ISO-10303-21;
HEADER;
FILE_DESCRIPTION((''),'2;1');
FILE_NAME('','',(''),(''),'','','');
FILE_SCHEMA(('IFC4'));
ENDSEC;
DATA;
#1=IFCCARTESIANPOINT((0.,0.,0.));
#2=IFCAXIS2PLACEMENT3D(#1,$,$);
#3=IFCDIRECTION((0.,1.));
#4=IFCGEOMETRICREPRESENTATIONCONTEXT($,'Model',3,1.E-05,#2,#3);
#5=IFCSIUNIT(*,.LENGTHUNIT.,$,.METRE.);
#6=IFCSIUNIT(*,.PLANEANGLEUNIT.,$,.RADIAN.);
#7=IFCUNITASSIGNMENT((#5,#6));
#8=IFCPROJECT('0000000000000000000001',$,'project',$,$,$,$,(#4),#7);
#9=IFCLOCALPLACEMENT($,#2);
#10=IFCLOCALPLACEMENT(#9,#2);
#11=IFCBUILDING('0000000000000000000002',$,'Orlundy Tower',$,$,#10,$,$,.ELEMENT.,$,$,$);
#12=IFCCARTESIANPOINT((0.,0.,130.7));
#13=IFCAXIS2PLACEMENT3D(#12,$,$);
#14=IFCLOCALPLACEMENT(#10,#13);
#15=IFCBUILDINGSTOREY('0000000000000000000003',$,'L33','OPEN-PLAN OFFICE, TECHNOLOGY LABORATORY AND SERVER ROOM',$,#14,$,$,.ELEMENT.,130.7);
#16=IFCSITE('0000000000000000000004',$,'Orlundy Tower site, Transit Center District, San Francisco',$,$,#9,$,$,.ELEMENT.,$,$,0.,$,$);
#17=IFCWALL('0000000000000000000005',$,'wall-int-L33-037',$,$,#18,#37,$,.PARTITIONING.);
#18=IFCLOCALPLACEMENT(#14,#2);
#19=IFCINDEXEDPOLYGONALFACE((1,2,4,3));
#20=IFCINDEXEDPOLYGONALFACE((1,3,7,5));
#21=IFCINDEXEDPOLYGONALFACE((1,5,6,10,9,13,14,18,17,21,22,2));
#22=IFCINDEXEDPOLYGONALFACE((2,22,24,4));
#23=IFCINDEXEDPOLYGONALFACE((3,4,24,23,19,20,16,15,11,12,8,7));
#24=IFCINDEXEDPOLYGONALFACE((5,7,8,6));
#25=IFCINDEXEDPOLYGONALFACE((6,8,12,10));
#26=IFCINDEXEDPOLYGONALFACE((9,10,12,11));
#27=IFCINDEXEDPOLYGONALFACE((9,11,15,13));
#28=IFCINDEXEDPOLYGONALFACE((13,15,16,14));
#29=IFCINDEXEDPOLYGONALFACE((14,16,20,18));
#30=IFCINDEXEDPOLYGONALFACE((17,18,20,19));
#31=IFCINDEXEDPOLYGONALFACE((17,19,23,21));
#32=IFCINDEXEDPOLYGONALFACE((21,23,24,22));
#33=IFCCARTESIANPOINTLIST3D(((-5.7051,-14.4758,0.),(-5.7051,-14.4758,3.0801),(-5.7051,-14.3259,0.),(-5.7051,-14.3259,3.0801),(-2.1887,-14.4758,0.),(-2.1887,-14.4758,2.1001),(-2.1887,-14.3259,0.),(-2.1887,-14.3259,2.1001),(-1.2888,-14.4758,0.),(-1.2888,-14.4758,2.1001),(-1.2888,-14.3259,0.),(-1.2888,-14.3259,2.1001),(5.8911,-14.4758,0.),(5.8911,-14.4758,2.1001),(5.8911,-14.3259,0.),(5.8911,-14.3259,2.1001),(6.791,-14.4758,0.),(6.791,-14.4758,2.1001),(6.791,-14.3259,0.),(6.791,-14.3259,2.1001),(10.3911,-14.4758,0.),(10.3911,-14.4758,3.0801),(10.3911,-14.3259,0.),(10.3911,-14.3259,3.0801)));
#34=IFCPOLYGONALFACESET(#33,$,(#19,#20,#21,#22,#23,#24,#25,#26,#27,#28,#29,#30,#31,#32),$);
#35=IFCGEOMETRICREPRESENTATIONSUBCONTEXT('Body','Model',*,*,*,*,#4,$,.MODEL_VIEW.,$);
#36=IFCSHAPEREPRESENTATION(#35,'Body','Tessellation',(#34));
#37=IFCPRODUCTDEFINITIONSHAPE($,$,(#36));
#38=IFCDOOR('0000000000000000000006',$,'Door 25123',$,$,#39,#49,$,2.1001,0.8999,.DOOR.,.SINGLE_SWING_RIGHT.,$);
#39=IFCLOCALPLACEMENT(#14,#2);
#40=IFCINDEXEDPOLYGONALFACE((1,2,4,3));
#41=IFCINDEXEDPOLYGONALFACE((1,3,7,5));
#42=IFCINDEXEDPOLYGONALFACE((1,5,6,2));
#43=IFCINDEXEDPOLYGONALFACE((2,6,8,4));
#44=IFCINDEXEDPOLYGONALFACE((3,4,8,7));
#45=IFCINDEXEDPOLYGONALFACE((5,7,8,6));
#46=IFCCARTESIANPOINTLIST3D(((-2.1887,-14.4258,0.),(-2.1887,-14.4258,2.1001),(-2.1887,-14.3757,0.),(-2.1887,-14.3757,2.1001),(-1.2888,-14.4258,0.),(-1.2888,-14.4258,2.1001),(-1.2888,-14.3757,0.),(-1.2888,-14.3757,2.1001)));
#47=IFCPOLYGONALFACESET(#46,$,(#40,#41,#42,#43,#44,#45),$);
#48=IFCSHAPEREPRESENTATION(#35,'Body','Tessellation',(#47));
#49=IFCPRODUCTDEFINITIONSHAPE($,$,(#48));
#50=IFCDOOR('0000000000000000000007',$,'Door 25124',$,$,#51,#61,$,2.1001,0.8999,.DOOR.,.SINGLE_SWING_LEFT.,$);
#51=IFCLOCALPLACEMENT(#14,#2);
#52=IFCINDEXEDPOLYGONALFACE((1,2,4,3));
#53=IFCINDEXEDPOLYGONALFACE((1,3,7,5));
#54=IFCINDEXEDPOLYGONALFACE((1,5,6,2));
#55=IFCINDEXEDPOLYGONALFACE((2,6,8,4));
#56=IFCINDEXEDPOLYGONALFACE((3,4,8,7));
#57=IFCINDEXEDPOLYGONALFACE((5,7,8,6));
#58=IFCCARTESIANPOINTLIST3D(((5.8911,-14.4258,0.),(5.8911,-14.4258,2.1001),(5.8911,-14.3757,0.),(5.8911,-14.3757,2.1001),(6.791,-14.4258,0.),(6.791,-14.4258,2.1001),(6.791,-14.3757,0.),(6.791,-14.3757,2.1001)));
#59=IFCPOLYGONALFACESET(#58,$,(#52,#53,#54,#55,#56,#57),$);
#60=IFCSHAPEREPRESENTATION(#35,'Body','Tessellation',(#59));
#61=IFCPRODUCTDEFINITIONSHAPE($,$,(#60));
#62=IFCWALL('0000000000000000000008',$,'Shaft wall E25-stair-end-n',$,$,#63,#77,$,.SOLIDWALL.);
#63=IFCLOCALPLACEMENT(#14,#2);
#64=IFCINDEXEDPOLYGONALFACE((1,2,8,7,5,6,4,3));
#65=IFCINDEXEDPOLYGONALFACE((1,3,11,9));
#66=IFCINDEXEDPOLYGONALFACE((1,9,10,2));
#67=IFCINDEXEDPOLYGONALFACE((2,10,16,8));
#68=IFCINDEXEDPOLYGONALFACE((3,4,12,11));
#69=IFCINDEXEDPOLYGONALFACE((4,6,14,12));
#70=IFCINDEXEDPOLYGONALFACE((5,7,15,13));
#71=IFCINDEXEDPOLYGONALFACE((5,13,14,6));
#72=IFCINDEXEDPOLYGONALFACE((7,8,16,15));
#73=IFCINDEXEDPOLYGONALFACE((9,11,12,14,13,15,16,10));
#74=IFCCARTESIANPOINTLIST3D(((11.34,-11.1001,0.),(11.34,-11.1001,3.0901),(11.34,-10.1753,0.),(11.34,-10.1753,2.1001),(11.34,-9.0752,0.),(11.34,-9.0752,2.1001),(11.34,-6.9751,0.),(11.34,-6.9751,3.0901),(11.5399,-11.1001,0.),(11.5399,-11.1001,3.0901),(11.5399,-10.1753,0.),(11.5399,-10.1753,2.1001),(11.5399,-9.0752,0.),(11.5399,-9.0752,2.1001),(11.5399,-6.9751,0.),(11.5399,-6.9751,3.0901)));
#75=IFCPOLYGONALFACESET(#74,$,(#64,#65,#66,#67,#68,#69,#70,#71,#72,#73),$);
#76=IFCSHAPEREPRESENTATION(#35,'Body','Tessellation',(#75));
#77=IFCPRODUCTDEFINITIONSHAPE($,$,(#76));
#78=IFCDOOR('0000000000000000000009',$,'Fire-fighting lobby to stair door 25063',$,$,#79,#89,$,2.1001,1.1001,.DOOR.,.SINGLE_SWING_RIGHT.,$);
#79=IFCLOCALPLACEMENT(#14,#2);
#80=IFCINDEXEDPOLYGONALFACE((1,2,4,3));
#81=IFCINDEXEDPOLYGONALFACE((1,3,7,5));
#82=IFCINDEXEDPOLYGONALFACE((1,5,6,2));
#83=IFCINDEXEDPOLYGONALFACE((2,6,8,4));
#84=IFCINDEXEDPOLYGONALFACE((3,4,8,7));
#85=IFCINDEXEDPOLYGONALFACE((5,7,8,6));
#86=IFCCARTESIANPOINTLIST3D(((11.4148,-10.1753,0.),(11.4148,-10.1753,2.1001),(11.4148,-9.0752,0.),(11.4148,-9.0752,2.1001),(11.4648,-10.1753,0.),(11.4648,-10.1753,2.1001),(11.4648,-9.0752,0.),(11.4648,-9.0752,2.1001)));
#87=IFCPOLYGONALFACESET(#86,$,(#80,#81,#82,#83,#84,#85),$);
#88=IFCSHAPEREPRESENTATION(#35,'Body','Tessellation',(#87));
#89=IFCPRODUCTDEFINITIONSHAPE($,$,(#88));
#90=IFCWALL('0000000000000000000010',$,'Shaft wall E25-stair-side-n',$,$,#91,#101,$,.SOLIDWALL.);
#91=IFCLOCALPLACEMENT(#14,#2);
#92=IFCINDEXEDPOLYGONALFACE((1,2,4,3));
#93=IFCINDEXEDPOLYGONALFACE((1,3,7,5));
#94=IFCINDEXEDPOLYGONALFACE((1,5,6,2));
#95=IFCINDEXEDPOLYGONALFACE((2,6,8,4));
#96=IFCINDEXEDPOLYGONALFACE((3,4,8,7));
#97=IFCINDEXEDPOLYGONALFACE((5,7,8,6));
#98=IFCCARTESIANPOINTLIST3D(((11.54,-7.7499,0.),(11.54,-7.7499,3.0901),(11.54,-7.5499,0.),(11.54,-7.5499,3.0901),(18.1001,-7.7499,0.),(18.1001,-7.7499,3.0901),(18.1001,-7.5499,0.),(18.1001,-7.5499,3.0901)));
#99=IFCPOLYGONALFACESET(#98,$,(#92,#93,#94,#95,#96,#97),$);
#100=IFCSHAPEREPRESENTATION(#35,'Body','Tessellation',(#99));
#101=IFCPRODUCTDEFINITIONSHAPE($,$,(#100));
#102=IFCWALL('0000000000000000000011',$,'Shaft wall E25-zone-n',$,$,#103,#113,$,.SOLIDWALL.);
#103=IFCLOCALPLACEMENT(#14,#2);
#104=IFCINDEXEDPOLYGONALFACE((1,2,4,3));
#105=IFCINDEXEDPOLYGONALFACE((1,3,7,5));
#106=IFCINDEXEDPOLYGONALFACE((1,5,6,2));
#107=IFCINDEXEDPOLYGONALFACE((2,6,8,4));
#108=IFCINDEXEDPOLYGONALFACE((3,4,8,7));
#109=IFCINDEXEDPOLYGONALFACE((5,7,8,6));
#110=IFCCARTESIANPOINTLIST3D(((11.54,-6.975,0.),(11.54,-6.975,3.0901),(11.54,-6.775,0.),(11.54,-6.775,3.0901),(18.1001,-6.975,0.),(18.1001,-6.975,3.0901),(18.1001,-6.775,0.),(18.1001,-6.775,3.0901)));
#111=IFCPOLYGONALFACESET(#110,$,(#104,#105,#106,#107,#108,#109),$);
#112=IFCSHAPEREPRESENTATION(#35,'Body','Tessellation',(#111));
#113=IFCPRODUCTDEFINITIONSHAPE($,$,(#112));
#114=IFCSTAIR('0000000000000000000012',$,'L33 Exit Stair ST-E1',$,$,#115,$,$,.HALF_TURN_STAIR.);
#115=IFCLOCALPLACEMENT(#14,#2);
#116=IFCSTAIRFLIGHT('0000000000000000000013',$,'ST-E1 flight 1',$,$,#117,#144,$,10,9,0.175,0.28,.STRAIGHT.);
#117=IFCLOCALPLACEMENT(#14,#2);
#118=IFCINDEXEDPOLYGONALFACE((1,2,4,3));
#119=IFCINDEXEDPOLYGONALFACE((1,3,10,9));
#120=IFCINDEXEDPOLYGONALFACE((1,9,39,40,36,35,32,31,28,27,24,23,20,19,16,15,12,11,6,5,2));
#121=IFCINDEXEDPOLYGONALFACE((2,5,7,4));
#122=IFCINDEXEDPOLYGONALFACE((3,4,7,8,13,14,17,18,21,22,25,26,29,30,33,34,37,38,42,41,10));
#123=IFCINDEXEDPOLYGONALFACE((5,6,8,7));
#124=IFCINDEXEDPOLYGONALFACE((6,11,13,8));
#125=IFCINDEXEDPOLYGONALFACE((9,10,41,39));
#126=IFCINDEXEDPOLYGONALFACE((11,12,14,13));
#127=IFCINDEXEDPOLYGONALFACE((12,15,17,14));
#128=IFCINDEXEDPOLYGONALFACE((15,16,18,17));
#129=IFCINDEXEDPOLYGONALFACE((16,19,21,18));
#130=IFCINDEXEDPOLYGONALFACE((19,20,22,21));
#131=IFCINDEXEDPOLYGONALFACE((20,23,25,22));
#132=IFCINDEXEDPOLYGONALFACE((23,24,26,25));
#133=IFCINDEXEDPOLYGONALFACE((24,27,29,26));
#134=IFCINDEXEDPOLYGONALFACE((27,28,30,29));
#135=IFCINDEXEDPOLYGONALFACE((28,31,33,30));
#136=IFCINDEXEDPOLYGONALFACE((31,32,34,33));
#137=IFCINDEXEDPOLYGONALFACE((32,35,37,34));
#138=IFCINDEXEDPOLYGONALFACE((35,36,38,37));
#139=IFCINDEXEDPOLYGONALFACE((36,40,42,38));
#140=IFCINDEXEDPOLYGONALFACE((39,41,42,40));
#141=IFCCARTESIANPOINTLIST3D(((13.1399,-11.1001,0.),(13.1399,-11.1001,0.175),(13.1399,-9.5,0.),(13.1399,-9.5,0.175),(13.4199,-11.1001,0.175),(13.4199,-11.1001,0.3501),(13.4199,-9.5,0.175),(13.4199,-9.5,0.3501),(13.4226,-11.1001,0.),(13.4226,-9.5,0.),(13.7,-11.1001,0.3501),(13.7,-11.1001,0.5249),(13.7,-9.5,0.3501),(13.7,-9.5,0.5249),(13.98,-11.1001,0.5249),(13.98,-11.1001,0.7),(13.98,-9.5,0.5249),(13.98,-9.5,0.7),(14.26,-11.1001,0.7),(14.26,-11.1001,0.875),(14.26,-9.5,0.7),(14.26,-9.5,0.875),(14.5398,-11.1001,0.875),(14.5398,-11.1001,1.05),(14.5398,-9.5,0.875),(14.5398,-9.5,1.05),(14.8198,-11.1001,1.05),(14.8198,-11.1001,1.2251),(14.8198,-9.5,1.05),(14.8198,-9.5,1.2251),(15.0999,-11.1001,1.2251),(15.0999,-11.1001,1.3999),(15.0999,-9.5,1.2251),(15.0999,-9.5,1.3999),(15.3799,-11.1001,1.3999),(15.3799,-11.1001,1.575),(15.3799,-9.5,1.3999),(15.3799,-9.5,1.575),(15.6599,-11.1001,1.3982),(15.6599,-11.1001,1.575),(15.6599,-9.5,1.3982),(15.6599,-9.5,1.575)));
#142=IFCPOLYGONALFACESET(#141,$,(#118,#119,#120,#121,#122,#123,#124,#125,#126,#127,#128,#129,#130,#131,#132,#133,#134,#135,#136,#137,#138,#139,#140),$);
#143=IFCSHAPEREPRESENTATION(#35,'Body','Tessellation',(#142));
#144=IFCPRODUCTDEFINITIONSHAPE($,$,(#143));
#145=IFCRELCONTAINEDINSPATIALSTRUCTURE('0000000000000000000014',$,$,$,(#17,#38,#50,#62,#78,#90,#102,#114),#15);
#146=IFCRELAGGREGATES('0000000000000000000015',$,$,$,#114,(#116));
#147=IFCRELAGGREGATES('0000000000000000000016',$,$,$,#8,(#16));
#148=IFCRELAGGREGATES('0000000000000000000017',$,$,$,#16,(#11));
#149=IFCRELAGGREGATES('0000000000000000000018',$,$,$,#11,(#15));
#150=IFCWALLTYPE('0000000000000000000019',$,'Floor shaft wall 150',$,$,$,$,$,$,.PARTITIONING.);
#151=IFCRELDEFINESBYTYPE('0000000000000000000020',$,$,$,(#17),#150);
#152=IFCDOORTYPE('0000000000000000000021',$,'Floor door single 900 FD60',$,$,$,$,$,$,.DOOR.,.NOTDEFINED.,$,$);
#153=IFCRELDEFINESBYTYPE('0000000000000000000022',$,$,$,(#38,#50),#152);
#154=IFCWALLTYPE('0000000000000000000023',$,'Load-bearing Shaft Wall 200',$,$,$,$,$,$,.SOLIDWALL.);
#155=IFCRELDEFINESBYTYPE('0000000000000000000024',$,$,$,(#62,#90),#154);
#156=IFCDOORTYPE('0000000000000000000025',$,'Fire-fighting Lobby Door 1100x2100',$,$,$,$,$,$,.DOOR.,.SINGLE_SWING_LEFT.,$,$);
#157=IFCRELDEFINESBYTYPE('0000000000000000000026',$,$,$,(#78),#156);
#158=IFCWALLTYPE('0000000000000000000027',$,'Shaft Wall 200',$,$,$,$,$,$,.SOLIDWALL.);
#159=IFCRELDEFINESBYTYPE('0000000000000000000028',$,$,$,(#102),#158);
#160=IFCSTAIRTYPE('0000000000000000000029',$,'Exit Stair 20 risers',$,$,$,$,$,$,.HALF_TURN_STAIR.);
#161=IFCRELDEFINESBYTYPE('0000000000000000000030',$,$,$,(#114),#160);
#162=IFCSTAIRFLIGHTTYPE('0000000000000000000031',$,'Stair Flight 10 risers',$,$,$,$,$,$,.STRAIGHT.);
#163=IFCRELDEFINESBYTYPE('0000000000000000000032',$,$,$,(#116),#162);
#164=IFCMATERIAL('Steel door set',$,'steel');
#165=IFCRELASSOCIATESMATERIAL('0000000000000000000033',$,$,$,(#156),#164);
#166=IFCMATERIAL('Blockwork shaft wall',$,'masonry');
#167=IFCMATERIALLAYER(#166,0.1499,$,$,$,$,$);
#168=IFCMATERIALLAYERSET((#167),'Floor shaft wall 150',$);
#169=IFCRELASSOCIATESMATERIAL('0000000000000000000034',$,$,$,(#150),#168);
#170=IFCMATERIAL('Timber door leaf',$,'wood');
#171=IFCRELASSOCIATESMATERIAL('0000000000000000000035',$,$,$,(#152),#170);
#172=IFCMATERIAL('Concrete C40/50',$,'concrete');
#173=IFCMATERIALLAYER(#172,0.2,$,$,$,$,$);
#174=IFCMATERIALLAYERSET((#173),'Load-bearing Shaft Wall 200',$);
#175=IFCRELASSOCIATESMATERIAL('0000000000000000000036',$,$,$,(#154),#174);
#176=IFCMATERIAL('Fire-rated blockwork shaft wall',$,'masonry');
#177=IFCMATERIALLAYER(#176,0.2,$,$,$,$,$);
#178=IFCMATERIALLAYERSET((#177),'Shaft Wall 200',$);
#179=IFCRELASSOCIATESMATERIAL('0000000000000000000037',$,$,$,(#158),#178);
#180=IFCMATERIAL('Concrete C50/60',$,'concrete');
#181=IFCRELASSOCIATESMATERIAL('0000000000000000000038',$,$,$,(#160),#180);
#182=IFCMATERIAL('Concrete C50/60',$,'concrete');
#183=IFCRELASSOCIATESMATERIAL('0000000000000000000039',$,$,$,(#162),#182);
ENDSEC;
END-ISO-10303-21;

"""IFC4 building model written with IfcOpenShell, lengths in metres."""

from ifc_helpers import new_model, si_unit, direction, frame, frame_2d, origin, place, context, subcontext, project, spatial, polyline, rectangle, outline, extrude, material, layer, layer_set, type_object, element, fill, aggregate, save


model = new_model("IFC4")

# Units and contexts
model_context = context("Model", 3, precision=1e-05, world=origin(), true_north=direction((0.0, 1.0)))
body_context = subcontext(model_context, "Body", "Model", "MODEL_VIEW")
ifc_project = project(units=[si_unit("LENGTHUNIT", "METRE"), si_unit("PLANEANGLEUNIT", "RADIAN")], contexts=[model_context])

# Site, building, storey
site_placement = place(None, origin())
site = spatial("IfcSite", under=ifc_project, at=site_placement, Name="Orlundy Tower site, Transit Center District, San Francisco", CompositionType="ELEMENT", RefElevation=0.0)
building_placement = place(site_placement, origin())
building = spatial("IfcBuilding", under=site, at=building_placement, Name="Orlundy Tower", CompositionType="ELEMENT")
storey_placement = place(building_placement, frame((0.0, 0.0, 130.7)))
storey = spatial("IfcBuildingStorey", under=building, at=storey_placement, Name="L33", Description="OPEN-PLAN OFFICE, TECHNOLOGY LABORATORY AND SERVER ROOM", CompositionType="ELEMENT", Elevation=130.7)

# Shared definitions
ifc_material_1 = material(Name="Steel door set", Category="steel")
door_type_1 = type_object("IfcDoorType", Name="Fire-fighting Lobby Door 1100x2100", OperationType="SINGLE_SWING_LEFT", PredefinedType="DOOR", material=ifc_material_1)

# Wall, openings, doors
ifc_material_2 = material(Name="Blockwork shaft wall", Category="masonry")
ifc_layer_1 = layer(ifc_material_2, 0.1499)
ifc_layer_set_1 = layer_set([ifc_layer_1], Name="Floor shaft wall 150")
wall_type_1 = type_object("IfcWallType", Name="Floor shaft wall 150", PredefinedType="PARTITIONING", material=ifc_layer_set_1)
wall_1_placement = place(storey_placement, frame((10.3911, -14.4009, 0.0), z_axis=(0.0, 0.0, 1.0), x_axis=(-1.0, 0.0, 0.0)))
wall_1 = element("IfcWall", 1, at=wall_1_placement, inside=storey, type_object=wall_type_1, Name="wall-int-L33-037", PredefinedType="PARTITIONING", context=body_context, shape_type="SweptSolid", body=[
    extrude(rectangle(XDim=16.0962, YDim=0.1499, at=frame_2d((8.0481, 0.0))), origin(), (0.0, 0.0, 1.0), 3.0801),
])
opening_1_placement = place(wall_1_placement, frame((11.6799, 0.0, 0.0)))
opening_1 = element("IfcOpeningElement", 2, at=opening_1_placement, cuts=wall_1, PredefinedType="OPENING", context=body_context, shape_type="SweptSolid", body=[
    extrude(rectangle(XDim=0.8999, YDim=2.1001, at=frame_2d((0.45, 1.05))), frame((0.0, 0.085, 0.0), z_axis=(0.0, -1.0, 0.0), x_axis=(1.0, 0.0, 0.0)), (0.0, 0.0, 1.0), 0.1699),
])
opening_2_placement = place(wall_1_placement, frame((3.6001, 0.0, 0.0)))
opening_2 = element("IfcOpeningElement", 3, at=opening_2_placement, cuts=wall_1, PredefinedType="OPENING", context=body_context, shape_type="SweptSolid", body=[
    extrude(rectangle(XDim=0.8999, YDim=2.1001, at=frame_2d((0.45, 1.05))), frame((0.0, 0.085, 0.0), z_axis=(0.0, -1.0, 0.0), x_axis=(1.0, 0.0, 0.0)), (0.0, 0.0, 1.0), 0.1699),
])
ifc_material_3 = material(Name="Timber door leaf", Category="wood")
door_type_2 = type_object("IfcDoorType", Name="Floor door single 900 FD60", OperationType="NOTDEFINED", PredefinedType="DOOR", material=ifc_material_3)
door_1_placement = place(opening_1_placement, origin())
door_1 = element("IfcDoor", 4, at=door_1_placement, inside=storey, type_object=door_type_2, Name="Door 25123", OperationType="SINGLE_SWING_RIGHT", OverallHeight=2.1001, OverallWidth=0.8999, PredefinedType="DOOR", context=body_context, shape_type="SweptSolid", body=[
    extrude(rectangle(XDim=0.8999, YDim=2.1001, at=frame_2d((0.45, 1.05))), frame((0.0, 0.0249, 0.0), z_axis=(0.0, -1.0, 0.0), x_axis=(1.0, 0.0, 0.0)), (0.0, 0.0, 1.0), 0.05),
])
fill(opening_1, door_1)
door_2_placement = place(opening_2_placement, origin())
door_2 = element("IfcDoor", 5, at=door_2_placement, inside=storey, type_object=door_type_2, Name="Door 25124", OperationType="SINGLE_SWING_LEFT", OverallHeight=2.1001, OverallWidth=0.8999, PredefinedType="DOOR", context=body_context, shape_type="SweptSolid", body=[
    extrude(rectangle(XDim=0.8999, YDim=2.1001, at=frame_2d((0.45, 1.05))), frame((0.0, 0.0249, 0.0), z_axis=(0.0, -1.0, 0.0), x_axis=(1.0, 0.0, 0.0)), (0.0, 0.0, 1.0), 0.05),
])
fill(opening_2, door_2)

# Wall, opening, door
ifc_material_4 = material(Name="Concrete C40/50", Category="concrete")
ifc_layer_2 = layer(ifc_material_4, 0.2)
ifc_layer_set_2 = layer_set([ifc_layer_2], Name="Load-bearing Shaft Wall 200")
wall_type_2 = type_object("IfcWallType", Name="Load-bearing Shaft Wall 200", PredefinedType="SOLIDWALL", material=ifc_layer_set_2)
wall_2_placement = place(storey_placement, frame((11.4399, -6.9751, 0.0), z_axis=(0.0, 0.0, 1.0), x_axis=(0.0, -1.0, 0.0)))
wall_2 = element("IfcWall", 6, at=wall_2_placement, inside=storey, type_object=wall_type_2, Name="Shaft wall E25-stair-end-n", PredefinedType="SOLIDWALL", context=body_context, shape_type="SweptSolid", body=[
    extrude(rectangle(XDim=4.125, YDim=0.2, at=frame_2d((2.0625, 0.0))), origin(), (0.0, 0.0, 1.0), 3.0901),
])
opening_3_placement = place(wall_2_placement, frame((2.1001, 0.0, 0.0)))
opening_3 = element("IfcOpeningElement", 7, at=opening_3_placement, cuts=wall_2, PredefinedType="OPENING", context=body_context, shape_type="SweptSolid", body=[
    extrude(rectangle(XDim=1.1001, YDim=2.1001, at=frame_2d((0.55, 1.05))), frame((0.0, 0.1101, 0.0), z_axis=(0.0, -1.0, 0.0), x_axis=(1.0, 0.0, 0.0)), (0.0, 0.0, 1.0), 0.2202),
])
door_3_placement = place(opening_3_placement, origin())
door_3 = element("IfcDoor", 8, at=door_3_placement, inside=storey, type_object=door_type_1, Name="Fire-fighting lobby to stair door 25063", OperationType="SINGLE_SWING_RIGHT", OverallHeight=2.1001, OverallWidth=1.1001, PredefinedType="DOOR", context=body_context, shape_type="SweptSolid", body=[
    extrude(rectangle(XDim=1.1001, YDim=2.1001, at=frame_2d((0.55, 1.05))), frame((0.0, 0.0249, 0.0), z_axis=(0.0, -1.0, 0.0), x_axis=(1.0, 0.0, 0.0)), (0.0, 0.0, 1.0), 0.05),
])
fill(opening_3, door_3)

# Walls
wall_3_placement = place(storey_placement, frame((11.54, -7.6499, 0.0), z_axis=(0.0, 0.0, 1.0), x_axis=(1.0, 0.0, 0.0)))
element("IfcWall", 9, at=wall_3_placement, inside=storey, type_object=wall_type_2, Name="Shaft wall E25-stair-side-n", PredefinedType="SOLIDWALL", context=body_context, shape_type="SweptSolid", body=[
    extrude(rectangle(XDim=6.5601, YDim=0.2, at=frame_2d((3.28, 0.0))), origin(), (0.0, 0.0, 1.0), 3.0901),
])
ifc_material_5 = material(Name="Fire-rated blockwork shaft wall", Category="masonry")
ifc_layer_3 = layer(ifc_material_5, 0.2)
ifc_layer_set_3 = layer_set([ifc_layer_3], Name="Shaft Wall 200")
wall_type_3 = type_object("IfcWallType", Name="Shaft Wall 200", PredefinedType="SOLIDWALL", material=ifc_layer_set_3)
wall_4_placement = place(storey_placement, frame((11.54, -6.875, 0.0), z_axis=(0.0, 0.0, 1.0), x_axis=(1.0, 0.0, 0.0)))
element("IfcWall", 10, at=wall_4_placement, inside=storey, type_object=wall_type_3, Name="Shaft wall E25-zone-n", PredefinedType="SOLIDWALL", context=body_context, shape_type="SweptSolid", body=[
    extrude(rectangle(XDim=6.5601, YDim=0.2, at=frame_2d((3.28, 0.0))), origin(), (0.0, 0.0, 1.0), 3.0901),
])

# Stair, stair flight
ifc_material_6 = material(Name="Concrete C50/60", Category="concrete")
stair_type = type_object("IfcStairType", Name="Exit Stair 20 risers", PredefinedType="HALF_TURN_STAIR", material=ifc_material_6)
stair_placement = place(storey_placement, origin())
stair = element("IfcStair", 11, at=stair_placement, inside=storey, type_object=stair_type, Name="L33 Exit Stair ST-E1", PredefinedType="HALF_TURN_STAIR")
ifc_material_7 = material(Name="Concrete C50/60", Category="concrete")
stair_flight_type = type_object("IfcStairFlightType", Name="Stair Flight 10 risers", PredefinedType="STRAIGHT", material=ifc_material_7)
stair_flight_1_placement = place(storey_placement, frame((13.1399, -10.3, 0.0), z_axis=(0.0, 0.0, 1.0), x_axis=(1.0, 0.0, 0.0)))
stair_flight_1 = element("IfcStairFlight", 12, at=stair_flight_1_placement, type_object=stair_flight_type, Name="ST-E1 flight 1", NumberOfRisers=10, NumberOfTreads=9, PredefinedType="STRAIGHT", RiserHeight=0.175, TreadLength=0.28, context=body_context, shape_type="SweptSolid", body=[
    extrude(outline(polyline([(0.0, 0.0), (0.0, 0.175), (0.28, 0.175), (0.28, 0.3501), (0.5601, 0.3501), (0.5601, 0.5249), (0.8401, 0.5249), (0.8401, 0.7), (1.1201, 0.7), (1.1201, 0.875), (1.3999, 0.875), (1.3999, 1.05), (1.6799, 1.05), (1.6799, 1.2251), (1.96, 1.2251), (1.96, 1.3999), (2.24, 1.3999), (2.24, 1.575), (2.52, 1.575), (2.52, 1.75), (2.52, 1.3982), (0.2827, 0.0), (0.0, 0.0)])), frame((0.0, 0.8, 0.0), z_axis=(0.0, -1.0, 0.0), x_axis=(1.0, 0.0, 0.0)), (0.0, 0.0, 1.0), 1.6001),
])
aggregate(stair, [stair_flight_1])

save(model, "model.ifc")
